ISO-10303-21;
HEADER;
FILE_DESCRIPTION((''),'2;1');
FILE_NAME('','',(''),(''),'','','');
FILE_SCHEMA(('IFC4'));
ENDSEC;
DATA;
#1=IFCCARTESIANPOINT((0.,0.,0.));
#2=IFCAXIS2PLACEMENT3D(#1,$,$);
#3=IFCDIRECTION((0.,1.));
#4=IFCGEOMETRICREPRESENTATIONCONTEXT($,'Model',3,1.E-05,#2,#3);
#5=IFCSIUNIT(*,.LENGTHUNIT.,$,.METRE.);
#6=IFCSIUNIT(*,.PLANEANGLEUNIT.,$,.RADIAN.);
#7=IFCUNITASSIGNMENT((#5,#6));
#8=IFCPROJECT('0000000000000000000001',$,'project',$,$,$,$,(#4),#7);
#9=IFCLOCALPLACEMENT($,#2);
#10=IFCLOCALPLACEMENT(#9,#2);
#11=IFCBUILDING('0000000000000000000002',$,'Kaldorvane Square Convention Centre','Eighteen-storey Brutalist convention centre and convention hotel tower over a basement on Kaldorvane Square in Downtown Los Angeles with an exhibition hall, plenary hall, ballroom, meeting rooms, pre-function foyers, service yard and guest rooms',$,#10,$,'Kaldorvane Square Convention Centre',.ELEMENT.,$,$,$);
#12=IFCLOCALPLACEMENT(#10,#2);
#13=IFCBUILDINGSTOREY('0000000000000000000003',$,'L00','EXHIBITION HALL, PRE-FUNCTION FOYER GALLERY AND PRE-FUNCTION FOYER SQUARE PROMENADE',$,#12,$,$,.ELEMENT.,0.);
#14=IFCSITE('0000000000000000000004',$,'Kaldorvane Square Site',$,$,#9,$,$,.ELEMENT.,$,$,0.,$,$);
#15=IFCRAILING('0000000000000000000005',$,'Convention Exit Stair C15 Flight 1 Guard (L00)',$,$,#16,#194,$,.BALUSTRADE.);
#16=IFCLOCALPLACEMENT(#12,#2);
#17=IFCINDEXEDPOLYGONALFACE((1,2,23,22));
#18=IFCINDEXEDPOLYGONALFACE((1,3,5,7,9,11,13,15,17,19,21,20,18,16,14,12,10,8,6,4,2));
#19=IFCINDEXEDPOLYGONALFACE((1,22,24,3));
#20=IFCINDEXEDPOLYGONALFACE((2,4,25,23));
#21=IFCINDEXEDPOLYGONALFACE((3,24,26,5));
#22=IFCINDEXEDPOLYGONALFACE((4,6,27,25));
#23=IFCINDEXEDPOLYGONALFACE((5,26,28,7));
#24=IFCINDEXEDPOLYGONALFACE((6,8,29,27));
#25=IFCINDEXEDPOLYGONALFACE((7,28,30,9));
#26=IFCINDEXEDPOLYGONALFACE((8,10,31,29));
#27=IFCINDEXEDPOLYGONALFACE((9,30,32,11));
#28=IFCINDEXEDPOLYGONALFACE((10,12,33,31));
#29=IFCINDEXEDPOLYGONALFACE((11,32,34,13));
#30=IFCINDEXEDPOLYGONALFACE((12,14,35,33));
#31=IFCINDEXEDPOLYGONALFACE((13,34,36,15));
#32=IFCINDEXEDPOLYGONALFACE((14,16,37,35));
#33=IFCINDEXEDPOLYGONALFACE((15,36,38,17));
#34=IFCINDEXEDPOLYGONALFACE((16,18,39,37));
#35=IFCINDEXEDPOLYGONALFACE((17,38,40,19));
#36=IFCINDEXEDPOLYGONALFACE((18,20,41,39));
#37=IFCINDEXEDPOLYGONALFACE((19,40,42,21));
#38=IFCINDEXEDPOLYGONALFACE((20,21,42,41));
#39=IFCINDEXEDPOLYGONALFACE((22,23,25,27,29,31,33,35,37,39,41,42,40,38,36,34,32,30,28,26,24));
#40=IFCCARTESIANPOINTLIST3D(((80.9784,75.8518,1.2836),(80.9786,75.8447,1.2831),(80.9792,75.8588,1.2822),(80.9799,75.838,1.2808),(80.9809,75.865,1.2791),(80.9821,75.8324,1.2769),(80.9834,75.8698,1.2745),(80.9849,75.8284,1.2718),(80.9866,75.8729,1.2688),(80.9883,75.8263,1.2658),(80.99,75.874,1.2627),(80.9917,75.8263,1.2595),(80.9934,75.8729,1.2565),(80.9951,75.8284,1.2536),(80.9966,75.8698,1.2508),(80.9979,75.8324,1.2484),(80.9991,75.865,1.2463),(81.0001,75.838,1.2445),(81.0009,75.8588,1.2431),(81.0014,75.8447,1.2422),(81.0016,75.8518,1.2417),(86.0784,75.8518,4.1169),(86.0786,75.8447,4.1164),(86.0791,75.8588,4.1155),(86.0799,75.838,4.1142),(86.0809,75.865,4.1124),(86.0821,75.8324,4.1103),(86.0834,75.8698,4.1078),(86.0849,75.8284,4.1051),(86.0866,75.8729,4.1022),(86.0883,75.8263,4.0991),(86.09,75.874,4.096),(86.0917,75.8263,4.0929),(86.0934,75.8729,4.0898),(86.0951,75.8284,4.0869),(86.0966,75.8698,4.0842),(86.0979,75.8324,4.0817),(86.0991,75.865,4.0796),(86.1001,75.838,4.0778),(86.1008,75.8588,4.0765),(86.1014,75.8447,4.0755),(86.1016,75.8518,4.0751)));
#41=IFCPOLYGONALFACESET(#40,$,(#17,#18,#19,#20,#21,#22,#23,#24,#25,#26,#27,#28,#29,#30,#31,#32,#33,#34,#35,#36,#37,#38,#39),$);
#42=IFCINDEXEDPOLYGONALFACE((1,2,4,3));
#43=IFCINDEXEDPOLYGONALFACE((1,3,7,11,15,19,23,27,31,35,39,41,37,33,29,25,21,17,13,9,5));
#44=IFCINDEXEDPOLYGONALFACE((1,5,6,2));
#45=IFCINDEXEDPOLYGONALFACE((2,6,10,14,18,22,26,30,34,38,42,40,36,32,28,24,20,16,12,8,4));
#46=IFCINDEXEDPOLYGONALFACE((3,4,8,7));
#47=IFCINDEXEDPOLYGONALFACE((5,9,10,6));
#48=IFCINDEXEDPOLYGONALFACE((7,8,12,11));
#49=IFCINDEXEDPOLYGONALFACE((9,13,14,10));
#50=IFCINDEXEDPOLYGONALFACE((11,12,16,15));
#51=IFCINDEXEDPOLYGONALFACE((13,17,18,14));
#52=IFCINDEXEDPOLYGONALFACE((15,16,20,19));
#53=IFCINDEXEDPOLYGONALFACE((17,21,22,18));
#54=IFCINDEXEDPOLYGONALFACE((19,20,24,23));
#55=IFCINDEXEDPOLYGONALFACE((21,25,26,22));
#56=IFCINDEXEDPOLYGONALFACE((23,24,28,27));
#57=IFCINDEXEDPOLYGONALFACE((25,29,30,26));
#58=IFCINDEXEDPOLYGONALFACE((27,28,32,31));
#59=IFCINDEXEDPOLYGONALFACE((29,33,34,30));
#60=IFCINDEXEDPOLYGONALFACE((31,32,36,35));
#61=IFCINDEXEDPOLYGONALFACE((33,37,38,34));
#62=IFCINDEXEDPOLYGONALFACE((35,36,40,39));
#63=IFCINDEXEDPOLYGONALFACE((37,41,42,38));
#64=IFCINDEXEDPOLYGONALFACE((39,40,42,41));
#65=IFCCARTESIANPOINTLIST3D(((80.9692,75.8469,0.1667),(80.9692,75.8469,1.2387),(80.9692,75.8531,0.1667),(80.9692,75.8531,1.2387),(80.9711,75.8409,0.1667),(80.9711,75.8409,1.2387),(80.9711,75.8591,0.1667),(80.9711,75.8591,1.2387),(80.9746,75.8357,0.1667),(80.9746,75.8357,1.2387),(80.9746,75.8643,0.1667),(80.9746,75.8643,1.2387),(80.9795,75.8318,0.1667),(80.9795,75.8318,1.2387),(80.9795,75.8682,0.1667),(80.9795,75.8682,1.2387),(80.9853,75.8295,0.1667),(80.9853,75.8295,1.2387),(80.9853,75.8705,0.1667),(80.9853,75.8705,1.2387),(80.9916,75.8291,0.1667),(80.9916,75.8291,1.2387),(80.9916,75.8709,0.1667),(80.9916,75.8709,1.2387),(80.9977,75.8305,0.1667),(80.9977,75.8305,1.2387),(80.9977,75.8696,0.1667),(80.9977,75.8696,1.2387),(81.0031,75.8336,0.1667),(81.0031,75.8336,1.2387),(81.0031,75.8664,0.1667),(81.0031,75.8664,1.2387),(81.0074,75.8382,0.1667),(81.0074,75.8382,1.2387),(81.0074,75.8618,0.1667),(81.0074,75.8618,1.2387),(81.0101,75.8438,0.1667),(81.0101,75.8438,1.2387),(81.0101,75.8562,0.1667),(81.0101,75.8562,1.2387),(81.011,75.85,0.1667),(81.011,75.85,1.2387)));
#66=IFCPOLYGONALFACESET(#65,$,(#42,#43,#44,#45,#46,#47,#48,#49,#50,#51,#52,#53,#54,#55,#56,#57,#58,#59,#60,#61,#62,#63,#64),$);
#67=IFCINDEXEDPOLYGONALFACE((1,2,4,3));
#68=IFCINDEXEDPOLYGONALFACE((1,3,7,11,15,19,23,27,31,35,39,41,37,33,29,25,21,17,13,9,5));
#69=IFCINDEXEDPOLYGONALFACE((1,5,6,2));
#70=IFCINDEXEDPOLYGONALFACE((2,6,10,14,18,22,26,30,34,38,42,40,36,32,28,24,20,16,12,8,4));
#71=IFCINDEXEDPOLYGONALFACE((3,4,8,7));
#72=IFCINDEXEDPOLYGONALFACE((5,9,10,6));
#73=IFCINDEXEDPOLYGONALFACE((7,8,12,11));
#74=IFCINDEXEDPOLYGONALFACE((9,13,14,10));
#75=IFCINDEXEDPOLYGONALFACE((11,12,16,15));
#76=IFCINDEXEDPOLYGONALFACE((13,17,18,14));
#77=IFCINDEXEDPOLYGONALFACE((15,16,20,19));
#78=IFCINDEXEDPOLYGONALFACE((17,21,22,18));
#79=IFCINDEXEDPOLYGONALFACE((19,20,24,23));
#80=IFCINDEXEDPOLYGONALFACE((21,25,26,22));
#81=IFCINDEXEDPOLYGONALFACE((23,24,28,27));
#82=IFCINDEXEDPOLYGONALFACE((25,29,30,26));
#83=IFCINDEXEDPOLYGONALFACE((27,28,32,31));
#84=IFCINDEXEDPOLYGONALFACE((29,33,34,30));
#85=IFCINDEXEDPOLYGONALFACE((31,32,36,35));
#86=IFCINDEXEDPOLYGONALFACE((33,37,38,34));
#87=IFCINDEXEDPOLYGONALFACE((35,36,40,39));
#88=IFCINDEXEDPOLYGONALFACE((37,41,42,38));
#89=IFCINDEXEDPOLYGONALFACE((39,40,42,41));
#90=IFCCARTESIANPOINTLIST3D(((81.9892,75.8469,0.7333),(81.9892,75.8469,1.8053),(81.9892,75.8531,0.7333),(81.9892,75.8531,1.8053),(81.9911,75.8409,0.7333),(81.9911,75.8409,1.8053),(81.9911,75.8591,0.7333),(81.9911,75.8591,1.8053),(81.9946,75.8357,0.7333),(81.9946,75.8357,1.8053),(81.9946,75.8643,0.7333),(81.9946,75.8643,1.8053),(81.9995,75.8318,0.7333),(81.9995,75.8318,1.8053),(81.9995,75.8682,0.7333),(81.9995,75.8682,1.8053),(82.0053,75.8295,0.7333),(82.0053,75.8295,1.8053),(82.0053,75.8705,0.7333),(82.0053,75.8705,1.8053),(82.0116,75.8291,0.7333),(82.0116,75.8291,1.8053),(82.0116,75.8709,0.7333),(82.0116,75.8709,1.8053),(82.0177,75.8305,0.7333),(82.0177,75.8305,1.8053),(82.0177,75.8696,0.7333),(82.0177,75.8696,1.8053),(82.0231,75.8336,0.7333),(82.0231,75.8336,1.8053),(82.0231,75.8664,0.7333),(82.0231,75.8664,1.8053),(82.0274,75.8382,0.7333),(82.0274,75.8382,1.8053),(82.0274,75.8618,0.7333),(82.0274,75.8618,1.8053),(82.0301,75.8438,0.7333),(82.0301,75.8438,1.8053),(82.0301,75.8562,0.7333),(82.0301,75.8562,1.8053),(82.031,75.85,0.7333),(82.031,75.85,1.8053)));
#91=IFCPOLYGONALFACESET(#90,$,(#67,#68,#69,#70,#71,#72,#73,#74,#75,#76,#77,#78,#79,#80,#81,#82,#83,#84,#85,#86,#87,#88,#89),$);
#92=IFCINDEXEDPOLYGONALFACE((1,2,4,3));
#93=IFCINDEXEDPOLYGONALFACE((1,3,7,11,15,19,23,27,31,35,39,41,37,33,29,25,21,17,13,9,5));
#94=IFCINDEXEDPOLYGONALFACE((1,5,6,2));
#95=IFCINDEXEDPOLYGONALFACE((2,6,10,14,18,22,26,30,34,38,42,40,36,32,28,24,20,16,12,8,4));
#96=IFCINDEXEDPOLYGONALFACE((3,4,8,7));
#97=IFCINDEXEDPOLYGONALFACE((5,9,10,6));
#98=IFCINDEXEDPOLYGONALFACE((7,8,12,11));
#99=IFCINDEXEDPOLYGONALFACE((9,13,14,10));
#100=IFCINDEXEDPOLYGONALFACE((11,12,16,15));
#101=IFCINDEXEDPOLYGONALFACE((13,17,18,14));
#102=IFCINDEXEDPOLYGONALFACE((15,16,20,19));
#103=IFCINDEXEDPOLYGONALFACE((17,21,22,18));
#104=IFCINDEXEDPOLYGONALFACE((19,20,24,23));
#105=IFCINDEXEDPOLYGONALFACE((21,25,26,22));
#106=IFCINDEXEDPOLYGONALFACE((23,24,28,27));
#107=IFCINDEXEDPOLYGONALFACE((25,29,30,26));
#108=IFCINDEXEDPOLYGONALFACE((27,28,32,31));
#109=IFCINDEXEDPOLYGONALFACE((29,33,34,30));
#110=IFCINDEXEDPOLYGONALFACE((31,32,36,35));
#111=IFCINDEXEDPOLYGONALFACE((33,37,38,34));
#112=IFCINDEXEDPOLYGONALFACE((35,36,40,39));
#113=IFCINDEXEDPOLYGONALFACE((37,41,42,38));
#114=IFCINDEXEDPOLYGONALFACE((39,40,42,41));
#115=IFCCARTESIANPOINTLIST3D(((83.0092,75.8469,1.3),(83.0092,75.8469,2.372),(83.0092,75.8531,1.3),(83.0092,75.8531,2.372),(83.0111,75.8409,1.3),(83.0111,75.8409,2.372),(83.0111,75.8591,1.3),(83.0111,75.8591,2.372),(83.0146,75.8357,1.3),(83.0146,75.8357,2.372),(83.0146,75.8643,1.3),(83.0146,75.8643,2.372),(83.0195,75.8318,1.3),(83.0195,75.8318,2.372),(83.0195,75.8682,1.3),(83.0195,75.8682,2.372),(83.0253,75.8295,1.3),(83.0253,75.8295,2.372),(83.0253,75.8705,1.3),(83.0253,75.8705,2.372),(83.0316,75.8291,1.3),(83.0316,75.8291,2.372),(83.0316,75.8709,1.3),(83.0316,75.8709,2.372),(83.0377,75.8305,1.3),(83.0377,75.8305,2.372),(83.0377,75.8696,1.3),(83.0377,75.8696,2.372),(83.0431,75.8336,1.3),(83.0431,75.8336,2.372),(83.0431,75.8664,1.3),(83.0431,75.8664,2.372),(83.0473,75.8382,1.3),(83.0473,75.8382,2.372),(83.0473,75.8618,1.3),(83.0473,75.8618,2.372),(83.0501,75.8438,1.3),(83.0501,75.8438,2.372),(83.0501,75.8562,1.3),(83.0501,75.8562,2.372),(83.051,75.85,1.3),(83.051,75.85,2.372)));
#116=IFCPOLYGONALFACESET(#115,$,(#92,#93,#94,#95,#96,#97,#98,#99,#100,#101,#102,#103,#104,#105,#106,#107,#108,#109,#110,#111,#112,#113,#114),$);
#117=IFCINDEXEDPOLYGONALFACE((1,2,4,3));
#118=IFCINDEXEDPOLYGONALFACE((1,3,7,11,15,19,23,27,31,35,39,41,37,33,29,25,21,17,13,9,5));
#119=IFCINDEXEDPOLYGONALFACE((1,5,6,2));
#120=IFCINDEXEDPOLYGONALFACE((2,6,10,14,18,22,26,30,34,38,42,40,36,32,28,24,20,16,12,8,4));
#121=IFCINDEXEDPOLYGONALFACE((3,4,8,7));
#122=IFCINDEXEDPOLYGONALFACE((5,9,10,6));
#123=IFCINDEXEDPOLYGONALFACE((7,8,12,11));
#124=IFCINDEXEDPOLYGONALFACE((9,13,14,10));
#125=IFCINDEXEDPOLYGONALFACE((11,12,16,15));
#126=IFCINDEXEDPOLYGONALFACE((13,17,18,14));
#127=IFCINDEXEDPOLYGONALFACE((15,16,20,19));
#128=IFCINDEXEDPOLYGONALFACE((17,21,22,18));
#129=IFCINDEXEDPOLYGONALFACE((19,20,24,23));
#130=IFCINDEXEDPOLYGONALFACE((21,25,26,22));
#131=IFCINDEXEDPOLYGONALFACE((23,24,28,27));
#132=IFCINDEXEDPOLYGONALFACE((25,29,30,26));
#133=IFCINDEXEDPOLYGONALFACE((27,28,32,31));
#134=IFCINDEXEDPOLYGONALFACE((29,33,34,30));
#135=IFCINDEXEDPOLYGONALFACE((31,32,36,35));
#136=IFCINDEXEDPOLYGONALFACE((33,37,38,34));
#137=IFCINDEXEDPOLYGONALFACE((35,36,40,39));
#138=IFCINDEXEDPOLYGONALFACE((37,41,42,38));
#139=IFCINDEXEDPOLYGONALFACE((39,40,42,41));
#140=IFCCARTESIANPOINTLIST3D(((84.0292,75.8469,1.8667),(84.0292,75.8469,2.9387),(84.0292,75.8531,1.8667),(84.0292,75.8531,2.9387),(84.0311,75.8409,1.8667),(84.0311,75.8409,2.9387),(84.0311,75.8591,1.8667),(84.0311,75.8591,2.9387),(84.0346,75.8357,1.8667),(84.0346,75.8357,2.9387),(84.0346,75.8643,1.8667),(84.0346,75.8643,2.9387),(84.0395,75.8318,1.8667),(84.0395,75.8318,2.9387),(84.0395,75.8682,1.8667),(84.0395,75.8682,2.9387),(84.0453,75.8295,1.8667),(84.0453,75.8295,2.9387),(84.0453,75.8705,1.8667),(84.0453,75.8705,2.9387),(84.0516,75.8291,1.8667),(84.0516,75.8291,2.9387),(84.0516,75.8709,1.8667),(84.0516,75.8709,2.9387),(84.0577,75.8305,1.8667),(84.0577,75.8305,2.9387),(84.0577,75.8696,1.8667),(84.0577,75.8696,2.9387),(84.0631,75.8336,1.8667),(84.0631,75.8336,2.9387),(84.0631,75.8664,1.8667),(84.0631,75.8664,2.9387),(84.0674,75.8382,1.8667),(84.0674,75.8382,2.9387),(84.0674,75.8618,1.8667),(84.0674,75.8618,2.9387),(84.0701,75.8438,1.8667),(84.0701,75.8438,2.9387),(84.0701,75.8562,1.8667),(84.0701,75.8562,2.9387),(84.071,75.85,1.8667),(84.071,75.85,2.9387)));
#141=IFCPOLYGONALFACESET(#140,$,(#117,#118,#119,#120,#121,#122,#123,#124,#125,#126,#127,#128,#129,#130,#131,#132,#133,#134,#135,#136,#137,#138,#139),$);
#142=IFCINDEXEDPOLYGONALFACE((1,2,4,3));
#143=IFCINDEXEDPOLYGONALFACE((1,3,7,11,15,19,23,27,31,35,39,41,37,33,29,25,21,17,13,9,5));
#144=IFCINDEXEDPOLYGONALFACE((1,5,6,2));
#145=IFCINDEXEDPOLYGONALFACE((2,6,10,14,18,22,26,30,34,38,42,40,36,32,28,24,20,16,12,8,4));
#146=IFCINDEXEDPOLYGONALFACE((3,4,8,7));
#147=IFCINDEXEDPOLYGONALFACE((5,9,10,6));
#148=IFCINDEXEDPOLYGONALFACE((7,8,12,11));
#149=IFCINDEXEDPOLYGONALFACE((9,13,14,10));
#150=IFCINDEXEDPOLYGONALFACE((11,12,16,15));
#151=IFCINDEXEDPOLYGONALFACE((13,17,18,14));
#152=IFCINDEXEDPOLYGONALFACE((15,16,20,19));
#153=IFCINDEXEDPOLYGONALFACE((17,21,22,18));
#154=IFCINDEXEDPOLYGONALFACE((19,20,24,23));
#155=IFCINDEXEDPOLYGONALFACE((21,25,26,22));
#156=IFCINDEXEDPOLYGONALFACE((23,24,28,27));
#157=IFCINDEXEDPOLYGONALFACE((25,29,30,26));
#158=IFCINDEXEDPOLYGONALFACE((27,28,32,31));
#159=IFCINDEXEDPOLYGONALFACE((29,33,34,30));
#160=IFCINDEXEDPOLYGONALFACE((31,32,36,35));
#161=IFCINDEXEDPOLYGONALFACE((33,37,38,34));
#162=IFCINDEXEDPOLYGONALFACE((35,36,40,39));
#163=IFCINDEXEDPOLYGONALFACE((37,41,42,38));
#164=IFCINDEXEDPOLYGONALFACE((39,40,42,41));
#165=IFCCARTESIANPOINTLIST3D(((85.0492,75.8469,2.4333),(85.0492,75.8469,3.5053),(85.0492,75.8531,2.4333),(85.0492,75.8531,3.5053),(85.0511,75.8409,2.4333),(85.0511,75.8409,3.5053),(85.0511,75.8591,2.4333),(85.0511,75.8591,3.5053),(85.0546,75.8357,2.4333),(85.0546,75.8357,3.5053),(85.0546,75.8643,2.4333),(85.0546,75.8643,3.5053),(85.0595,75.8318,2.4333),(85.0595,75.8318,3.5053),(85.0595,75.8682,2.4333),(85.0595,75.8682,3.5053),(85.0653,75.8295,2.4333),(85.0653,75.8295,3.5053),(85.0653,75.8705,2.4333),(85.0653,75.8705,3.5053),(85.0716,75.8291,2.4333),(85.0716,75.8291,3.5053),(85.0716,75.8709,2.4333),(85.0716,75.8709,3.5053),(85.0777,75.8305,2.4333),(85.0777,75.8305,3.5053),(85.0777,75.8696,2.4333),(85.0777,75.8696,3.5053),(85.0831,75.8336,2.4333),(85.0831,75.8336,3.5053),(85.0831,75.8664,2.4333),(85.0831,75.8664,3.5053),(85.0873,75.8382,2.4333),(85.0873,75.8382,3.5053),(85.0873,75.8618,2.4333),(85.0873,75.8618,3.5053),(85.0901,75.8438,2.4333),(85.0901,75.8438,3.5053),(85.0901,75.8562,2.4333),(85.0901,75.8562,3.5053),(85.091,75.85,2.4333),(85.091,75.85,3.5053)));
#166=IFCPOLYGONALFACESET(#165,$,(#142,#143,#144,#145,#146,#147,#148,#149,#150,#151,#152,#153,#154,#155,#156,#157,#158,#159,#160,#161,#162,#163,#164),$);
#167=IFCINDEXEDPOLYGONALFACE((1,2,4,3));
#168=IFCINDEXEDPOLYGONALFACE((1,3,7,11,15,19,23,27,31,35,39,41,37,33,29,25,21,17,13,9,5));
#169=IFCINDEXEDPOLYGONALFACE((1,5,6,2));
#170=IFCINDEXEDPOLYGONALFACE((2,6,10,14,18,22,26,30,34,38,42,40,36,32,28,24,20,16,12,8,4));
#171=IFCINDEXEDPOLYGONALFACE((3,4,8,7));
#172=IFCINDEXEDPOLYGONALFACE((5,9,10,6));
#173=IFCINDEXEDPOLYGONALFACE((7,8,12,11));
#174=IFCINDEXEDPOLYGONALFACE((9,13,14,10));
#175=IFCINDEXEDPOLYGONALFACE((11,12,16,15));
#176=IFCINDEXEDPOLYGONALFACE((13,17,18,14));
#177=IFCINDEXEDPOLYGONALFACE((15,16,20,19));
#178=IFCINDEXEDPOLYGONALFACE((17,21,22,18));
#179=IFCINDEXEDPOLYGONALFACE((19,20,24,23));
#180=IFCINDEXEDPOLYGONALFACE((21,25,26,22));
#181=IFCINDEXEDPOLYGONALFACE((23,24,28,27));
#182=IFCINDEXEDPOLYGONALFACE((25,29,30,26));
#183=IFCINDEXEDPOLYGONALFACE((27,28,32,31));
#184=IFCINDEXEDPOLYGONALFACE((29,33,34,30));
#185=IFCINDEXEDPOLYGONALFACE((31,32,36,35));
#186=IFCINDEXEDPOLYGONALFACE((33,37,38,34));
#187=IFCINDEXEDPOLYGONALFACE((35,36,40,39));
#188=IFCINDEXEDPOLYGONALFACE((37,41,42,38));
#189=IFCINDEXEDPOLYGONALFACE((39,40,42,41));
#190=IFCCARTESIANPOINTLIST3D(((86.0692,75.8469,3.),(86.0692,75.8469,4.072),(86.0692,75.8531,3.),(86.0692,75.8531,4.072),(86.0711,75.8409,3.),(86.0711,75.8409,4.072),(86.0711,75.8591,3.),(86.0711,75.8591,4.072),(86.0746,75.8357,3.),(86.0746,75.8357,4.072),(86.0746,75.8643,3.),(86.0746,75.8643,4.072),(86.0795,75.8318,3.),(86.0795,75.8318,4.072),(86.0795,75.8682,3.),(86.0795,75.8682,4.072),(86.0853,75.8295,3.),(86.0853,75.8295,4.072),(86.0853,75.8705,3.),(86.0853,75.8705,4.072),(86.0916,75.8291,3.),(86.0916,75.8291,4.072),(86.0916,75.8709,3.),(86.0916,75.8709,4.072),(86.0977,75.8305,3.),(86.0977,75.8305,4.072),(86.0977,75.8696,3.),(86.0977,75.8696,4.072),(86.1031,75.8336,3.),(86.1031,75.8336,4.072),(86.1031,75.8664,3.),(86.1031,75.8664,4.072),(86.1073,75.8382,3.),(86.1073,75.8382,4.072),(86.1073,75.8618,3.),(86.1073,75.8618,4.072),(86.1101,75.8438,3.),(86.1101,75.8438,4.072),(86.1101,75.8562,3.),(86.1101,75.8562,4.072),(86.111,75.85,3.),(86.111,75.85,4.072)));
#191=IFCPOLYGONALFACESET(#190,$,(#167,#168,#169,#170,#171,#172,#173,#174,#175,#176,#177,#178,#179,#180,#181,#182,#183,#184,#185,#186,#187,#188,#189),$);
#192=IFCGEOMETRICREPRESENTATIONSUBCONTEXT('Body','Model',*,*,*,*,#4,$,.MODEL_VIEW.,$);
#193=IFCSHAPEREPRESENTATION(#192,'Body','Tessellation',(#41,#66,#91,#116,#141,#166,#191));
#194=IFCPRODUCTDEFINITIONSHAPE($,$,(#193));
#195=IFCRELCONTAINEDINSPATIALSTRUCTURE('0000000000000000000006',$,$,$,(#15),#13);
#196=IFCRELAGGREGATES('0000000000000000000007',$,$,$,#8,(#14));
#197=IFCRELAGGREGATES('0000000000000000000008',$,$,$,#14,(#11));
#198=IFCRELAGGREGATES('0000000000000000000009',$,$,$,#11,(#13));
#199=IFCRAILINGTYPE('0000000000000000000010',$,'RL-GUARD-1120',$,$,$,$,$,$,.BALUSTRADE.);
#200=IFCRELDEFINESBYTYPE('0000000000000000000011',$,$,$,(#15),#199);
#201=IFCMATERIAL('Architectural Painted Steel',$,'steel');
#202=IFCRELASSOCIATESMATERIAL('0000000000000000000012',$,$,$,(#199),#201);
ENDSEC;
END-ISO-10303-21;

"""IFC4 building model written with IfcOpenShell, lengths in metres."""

from ifc_helpers import new_model, si_unit, direction, frame, origin, origin_2d, place, context, subcontext, project, spatial, circle, extrude, material, type_object, element, save


model = new_model("IFC4")

# Units and contexts
model_context = context("Model", 3, precision=1e-05, world=origin(), true_north=direction((0.0, 1.0)))
body_context = subcontext(model_context, "Body", "Model", "MODEL_VIEW")
ifc_project = project(units=[si_unit("LENGTHUNIT", "METRE"), si_unit("PLANEANGLEUNIT", "RADIAN")], contexts=[model_context])

# Site, building, storey
site_placement = place(None, origin())
site = spatial("IfcSite", under=ifc_project, at=site_placement, Name="Kaldorvane Square Site", CompositionType="ELEMENT", RefElevation=0.0)
building_placement = place(site_placement, origin())
building = spatial("IfcBuilding", under=site, at=building_placement, Name="Kaldorvane Square Convention Centre", Description="Eighteen-storey Brutalist convention centre and convention hotel tower over a basement on Kaldorvane Square in Downtown Los Angeles with an exhibition hall, plenary hall, ballroom, meeting rooms, pre-function foyers, service yard and guest rooms", LongName="Kaldorvane Square Convention Centre", CompositionType="ELEMENT")
storey_placement = place(building_placement, origin())
storey = spatial("IfcBuildingStorey", under=building, at=storey_placement, Name="L00", Description="EXHIBITION HALL, PRE-FUNCTION FOYER GALLERY AND PRE-FUNCTION FOYER SQUARE PROMENADE", CompositionType="ELEMENT", Elevation=0.0)

# Railing
ifc_material_1 = material(Name="Architectural Painted Steel", Category="steel")
railing_type_1 = type_object("IfcRailingType", Name="RL-GUARD-1120", PredefinedType="BALUSTRADE", material=ifc_material_1)
railing_1_placement = place(storey_placement, frame((80.99, 75.85, 0.1667)))
element("IfcRailing", 1, at=railing_1_placement, inside=storey, type_object=railing_type_1, Name="Convention Exit Stair C15 Flight 1 Guard (L00)", PredefinedType="BALUSTRADE", context=body_context, shape_type="SweptSolid", body=[
    extrude(circle(Radius=0.024, at=origin_2d()), frame((0.0, 0.0, 1.096), z_axis=(0.874157, 0.0, 0.485643), x_axis=(0.0, 1.0, 0.0)), (0.0, 0.0, 1.0), 5.8342),
    extrude(circle(Radius=0.021, at=origin_2d()), origin(), (0.0, 0.0, 1.0), 1.072),
    extrude(circle(Radius=0.021, at=origin_2d()), frame((1.02, 0.0, 0.5667)), (0.0, 0.0, 1.0), 1.072),
    extrude(circle(Radius=0.021, at=origin_2d()), frame((2.04, 0.0, 1.1333)), (0.0, 0.0, 1.0), 1.072),
    extrude(circle(Radius=0.021, at=origin_2d()), frame((3.06, 0.0, 1.7)), (0.0, 0.0, 1.0), 1.072),
    extrude(circle(Radius=0.021, at=origin_2d()), frame((4.08, 0.0, 2.2667)), (0.0, 0.0, 1.0), 1.072),
    extrude(circle(Radius=0.021, at=origin_2d()), frame((5.1, 0.0, 2.8333)), (0.0, 0.0, 1.0), 1.072),
])

save(model, "model.ifc")
